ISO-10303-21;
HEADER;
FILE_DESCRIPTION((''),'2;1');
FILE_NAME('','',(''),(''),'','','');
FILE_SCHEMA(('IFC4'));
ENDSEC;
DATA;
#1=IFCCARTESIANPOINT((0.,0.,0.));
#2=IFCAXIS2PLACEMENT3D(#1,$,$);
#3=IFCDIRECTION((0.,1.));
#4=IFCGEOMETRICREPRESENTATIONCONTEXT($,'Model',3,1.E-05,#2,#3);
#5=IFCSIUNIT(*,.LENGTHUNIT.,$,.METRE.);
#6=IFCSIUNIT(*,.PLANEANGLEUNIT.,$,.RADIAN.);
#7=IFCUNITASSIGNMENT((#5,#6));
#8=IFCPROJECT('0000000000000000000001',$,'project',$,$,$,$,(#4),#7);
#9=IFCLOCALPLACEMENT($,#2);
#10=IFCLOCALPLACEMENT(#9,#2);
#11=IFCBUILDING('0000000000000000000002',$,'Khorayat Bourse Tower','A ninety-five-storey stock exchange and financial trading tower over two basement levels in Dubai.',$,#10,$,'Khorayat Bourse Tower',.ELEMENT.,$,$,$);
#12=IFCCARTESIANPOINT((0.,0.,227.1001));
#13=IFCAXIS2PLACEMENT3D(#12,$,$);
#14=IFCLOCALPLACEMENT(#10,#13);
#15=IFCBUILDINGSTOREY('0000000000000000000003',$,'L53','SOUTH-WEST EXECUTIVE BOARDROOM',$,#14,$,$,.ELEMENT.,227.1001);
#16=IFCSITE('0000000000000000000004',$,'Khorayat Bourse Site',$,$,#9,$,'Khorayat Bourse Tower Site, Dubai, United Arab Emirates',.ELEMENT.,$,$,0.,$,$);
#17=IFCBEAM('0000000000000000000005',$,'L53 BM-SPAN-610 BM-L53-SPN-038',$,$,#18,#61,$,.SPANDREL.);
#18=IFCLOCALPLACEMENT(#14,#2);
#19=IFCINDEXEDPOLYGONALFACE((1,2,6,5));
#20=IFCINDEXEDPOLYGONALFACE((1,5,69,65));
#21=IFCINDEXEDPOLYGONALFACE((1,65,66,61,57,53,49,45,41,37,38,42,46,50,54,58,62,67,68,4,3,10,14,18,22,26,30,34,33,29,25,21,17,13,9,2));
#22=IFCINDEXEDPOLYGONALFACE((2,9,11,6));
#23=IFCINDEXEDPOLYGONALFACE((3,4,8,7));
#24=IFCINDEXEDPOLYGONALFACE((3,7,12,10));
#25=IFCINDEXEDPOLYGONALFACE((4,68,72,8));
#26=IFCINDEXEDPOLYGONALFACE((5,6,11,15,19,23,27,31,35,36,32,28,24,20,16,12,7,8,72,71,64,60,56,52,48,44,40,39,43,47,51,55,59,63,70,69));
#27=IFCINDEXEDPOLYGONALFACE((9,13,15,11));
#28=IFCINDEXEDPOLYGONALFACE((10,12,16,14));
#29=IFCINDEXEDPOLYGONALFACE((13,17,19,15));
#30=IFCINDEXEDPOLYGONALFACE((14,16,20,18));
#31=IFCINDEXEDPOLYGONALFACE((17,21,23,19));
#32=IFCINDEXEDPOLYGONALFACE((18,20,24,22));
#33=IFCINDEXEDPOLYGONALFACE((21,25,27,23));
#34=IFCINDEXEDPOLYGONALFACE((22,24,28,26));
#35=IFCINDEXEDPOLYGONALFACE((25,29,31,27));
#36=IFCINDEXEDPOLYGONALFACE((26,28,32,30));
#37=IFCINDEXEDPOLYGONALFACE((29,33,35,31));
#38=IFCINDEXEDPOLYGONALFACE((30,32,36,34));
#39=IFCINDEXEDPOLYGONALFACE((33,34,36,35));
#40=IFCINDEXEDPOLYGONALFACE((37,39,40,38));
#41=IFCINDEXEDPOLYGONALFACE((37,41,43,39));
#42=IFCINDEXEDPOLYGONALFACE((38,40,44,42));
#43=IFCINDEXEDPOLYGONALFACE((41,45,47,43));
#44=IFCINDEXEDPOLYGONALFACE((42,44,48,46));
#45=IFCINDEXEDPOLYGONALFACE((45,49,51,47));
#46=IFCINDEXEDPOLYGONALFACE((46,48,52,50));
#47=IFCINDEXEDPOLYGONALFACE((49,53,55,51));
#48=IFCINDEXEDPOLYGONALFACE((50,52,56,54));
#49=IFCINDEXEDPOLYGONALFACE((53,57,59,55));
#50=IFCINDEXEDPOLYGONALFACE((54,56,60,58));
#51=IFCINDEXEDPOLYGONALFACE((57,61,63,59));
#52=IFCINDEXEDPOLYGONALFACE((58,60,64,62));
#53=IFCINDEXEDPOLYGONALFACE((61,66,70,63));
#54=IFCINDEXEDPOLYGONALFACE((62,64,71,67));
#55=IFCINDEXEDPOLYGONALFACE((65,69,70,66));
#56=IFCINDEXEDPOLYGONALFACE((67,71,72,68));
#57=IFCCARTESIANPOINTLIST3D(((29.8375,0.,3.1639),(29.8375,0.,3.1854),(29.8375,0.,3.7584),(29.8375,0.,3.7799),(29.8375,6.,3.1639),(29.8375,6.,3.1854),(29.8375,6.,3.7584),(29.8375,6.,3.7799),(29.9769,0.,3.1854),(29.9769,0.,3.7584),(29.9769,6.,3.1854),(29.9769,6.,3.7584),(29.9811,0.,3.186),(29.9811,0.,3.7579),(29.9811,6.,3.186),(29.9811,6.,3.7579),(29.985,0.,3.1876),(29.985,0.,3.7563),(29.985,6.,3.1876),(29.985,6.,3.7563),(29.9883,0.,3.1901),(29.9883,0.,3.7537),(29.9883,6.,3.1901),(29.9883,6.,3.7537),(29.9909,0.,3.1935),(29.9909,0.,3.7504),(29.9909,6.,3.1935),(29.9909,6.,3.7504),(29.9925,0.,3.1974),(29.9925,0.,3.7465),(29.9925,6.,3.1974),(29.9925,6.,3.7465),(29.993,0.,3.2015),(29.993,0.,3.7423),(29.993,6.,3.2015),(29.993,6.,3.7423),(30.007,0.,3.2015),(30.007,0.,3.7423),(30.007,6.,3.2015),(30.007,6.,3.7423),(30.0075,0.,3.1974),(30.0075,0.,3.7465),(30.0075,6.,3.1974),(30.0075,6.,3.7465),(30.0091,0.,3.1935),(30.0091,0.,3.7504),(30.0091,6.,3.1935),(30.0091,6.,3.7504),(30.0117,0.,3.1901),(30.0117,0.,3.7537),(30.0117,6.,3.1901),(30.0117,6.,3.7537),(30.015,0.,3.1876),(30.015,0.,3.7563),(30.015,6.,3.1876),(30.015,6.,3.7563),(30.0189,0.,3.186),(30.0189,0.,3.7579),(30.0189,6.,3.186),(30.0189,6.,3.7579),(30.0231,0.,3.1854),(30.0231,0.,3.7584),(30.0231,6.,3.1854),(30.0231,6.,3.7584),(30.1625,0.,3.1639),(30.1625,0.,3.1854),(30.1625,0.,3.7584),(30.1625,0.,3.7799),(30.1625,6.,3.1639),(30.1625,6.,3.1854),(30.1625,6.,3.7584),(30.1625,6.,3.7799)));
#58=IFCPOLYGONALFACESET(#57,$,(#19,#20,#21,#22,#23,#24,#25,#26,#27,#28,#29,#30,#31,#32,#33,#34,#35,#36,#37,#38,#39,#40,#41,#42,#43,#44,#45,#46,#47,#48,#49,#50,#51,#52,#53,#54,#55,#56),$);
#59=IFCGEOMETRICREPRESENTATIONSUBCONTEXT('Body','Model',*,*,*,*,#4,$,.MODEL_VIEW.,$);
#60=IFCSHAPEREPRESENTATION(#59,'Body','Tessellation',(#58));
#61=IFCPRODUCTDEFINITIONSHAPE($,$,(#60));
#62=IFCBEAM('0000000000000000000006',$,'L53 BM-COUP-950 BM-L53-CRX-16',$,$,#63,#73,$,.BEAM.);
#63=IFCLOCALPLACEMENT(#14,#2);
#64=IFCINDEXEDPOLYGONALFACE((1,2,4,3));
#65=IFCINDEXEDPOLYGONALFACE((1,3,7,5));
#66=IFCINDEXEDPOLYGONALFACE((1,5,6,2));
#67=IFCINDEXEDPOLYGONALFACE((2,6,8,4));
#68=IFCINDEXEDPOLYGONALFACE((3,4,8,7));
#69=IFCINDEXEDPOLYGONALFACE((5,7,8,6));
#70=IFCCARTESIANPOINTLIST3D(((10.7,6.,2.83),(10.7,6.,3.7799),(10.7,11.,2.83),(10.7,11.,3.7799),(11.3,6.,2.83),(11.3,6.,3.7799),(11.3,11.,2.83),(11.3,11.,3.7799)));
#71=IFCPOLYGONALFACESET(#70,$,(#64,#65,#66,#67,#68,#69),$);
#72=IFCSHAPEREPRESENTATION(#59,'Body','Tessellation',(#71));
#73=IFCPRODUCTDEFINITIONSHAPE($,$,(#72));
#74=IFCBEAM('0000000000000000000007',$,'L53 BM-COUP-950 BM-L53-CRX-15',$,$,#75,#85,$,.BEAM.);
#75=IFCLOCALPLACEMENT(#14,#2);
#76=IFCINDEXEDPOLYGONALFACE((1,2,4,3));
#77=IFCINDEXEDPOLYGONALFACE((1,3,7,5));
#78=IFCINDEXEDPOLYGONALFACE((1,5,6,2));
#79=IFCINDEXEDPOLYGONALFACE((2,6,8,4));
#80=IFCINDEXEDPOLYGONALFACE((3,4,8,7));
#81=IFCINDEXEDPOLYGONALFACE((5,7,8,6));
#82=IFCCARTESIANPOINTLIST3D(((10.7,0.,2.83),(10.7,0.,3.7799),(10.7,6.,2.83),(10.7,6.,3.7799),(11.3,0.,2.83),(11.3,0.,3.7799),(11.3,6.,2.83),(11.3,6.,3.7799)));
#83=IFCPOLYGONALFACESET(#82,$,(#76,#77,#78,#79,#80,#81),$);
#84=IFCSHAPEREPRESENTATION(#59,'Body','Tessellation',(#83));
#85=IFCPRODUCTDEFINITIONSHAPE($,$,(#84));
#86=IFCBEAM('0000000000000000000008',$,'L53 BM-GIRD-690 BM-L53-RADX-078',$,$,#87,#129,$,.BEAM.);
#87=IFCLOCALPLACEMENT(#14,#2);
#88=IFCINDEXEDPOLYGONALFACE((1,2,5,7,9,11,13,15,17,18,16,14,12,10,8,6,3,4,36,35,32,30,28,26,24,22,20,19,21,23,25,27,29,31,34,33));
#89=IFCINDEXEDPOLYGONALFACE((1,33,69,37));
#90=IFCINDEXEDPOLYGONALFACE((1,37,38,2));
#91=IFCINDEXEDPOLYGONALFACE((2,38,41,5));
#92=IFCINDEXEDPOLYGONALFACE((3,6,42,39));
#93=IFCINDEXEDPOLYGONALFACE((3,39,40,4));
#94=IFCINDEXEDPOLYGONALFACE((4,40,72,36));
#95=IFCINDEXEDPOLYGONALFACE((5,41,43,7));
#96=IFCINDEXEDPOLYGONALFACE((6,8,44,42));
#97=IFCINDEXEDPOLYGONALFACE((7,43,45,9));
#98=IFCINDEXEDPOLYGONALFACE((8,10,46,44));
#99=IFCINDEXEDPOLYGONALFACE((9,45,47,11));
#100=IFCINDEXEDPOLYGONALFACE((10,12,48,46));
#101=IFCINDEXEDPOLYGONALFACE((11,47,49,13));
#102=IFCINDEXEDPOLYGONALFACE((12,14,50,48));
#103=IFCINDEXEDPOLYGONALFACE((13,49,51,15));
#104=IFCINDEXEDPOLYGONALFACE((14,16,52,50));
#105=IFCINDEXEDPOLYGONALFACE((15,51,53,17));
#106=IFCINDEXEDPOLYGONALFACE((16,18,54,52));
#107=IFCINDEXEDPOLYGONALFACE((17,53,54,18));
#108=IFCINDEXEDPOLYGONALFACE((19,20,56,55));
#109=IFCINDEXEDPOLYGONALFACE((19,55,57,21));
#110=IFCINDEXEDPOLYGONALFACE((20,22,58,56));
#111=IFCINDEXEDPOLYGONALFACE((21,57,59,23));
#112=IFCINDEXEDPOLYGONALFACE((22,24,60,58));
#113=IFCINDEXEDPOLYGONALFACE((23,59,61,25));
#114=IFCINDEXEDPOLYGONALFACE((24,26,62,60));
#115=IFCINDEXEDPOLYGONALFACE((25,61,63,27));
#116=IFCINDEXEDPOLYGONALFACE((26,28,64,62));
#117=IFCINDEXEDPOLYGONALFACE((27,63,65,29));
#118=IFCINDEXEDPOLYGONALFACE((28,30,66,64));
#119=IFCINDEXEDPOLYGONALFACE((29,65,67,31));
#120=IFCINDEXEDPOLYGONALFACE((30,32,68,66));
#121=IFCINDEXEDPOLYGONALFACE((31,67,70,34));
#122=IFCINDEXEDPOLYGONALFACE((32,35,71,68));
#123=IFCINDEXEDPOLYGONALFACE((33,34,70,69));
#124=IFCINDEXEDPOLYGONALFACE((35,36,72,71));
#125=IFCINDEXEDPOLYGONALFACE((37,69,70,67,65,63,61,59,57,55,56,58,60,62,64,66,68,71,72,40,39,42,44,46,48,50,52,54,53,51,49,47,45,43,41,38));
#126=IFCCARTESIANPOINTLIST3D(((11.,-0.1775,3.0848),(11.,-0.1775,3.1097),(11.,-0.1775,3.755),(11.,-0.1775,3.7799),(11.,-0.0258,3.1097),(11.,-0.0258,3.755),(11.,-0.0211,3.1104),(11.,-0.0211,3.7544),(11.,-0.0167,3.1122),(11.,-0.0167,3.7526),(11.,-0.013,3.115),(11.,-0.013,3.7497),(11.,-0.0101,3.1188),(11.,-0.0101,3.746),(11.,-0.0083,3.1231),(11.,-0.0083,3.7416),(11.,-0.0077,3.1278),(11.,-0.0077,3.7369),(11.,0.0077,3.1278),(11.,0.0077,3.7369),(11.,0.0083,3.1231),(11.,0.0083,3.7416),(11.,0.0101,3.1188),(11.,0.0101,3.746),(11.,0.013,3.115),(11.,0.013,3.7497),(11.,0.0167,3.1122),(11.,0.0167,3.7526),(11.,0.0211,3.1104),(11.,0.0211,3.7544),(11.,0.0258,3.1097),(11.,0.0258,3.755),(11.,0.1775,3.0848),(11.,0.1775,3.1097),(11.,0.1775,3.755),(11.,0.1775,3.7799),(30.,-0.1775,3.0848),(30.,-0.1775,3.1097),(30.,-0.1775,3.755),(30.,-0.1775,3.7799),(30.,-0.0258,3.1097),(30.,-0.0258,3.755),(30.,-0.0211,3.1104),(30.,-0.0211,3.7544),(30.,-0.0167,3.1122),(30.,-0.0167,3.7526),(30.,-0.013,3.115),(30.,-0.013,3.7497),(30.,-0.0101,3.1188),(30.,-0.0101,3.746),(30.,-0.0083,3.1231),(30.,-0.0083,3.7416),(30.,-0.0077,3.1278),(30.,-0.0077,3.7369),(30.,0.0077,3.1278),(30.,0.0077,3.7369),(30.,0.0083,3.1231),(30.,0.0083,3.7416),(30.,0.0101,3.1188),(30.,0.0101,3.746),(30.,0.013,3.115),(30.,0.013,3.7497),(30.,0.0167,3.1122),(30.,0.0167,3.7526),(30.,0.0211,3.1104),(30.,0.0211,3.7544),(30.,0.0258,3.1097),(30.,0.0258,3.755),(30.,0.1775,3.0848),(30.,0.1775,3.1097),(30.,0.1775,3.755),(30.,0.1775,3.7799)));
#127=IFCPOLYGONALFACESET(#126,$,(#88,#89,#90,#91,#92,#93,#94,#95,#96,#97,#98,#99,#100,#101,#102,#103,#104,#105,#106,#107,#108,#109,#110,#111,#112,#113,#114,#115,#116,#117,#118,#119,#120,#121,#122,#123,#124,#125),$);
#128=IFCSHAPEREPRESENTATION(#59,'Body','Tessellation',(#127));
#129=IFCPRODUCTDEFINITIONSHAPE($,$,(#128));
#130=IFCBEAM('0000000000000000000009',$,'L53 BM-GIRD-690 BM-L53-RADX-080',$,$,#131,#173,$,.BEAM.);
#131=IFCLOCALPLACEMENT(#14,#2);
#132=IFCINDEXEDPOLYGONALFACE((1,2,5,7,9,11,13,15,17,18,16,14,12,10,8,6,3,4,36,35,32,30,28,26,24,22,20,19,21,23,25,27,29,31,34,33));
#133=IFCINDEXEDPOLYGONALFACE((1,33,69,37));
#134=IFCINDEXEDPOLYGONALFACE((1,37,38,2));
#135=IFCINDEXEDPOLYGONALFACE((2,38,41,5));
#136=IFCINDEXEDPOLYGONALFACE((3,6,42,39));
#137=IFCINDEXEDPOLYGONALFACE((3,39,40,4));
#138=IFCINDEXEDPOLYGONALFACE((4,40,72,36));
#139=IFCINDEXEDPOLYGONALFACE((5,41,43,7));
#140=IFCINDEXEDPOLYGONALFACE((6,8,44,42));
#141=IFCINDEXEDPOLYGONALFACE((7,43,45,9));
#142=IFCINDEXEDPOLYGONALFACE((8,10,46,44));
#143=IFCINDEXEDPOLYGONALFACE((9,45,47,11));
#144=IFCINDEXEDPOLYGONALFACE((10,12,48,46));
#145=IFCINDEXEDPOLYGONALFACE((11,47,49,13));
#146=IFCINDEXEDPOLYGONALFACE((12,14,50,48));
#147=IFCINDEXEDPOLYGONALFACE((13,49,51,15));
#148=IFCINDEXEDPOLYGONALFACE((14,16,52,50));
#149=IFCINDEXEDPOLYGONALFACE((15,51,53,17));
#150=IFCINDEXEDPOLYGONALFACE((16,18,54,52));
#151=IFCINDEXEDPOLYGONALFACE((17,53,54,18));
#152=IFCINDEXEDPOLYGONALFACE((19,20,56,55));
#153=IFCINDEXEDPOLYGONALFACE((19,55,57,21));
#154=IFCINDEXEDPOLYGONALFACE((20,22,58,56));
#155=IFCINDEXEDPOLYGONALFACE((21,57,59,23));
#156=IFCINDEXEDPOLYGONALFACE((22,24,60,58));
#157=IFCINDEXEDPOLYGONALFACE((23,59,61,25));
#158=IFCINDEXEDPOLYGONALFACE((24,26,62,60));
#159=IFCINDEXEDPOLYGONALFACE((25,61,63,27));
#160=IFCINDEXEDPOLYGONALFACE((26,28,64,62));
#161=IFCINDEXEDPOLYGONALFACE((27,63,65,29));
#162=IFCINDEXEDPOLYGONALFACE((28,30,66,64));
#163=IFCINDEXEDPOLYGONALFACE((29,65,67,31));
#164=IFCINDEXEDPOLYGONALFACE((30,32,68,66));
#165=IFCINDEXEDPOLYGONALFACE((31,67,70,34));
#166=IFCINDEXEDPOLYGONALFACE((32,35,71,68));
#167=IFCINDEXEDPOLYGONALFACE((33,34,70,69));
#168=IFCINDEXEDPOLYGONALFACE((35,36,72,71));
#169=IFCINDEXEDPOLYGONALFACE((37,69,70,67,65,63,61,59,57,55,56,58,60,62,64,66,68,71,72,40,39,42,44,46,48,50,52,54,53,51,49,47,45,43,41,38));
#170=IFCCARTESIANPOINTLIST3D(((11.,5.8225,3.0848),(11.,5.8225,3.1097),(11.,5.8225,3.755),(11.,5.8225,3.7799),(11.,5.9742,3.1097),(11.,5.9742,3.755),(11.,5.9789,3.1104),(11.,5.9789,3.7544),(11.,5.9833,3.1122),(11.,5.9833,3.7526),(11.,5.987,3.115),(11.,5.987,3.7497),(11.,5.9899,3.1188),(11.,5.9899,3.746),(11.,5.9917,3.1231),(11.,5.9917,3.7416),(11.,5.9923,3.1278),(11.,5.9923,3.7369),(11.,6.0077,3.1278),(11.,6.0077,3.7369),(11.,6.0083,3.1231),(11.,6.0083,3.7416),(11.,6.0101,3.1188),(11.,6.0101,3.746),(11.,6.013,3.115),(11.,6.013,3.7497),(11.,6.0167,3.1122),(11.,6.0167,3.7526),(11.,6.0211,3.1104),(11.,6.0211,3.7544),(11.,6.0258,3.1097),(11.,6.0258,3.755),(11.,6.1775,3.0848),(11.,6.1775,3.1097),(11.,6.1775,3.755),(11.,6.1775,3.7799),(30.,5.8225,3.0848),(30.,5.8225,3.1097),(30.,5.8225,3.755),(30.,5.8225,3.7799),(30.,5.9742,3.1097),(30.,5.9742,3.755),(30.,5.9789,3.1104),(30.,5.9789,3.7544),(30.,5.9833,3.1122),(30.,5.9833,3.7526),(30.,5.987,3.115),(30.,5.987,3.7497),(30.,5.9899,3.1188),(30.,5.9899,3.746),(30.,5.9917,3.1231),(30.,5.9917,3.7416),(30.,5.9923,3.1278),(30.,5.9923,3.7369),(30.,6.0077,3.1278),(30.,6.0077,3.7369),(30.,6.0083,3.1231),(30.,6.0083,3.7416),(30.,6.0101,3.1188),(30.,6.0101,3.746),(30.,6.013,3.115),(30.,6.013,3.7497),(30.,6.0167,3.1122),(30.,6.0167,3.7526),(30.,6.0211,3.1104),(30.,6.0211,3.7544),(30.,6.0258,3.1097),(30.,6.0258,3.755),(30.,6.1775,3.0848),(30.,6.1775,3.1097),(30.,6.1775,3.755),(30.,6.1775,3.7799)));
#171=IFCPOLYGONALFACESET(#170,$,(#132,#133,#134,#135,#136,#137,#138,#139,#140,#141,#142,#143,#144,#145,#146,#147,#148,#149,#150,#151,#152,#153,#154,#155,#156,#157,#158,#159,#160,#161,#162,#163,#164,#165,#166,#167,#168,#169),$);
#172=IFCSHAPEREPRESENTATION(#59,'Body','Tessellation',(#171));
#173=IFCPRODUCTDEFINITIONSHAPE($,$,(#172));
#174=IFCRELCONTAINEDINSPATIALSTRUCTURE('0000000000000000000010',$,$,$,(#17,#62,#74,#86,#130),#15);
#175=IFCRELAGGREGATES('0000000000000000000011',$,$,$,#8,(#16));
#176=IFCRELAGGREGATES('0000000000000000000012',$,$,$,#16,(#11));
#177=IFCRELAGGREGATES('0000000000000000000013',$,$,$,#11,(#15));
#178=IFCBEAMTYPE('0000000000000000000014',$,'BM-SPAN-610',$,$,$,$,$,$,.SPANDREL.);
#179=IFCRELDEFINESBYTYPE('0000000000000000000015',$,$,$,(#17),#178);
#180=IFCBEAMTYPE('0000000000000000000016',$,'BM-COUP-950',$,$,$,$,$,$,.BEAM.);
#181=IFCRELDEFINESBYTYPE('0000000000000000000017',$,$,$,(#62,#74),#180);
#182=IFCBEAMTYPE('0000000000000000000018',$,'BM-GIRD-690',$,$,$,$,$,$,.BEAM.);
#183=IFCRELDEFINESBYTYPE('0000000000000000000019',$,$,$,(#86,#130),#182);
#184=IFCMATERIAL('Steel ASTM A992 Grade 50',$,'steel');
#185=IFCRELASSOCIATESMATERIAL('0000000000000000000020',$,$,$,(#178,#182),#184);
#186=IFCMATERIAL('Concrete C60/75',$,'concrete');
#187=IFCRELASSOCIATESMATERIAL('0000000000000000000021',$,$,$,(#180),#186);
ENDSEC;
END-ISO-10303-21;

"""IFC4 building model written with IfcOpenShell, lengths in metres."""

from ifc_helpers import new_model, si_unit, direction, frame, origin, origin_2d, place, context, subcontext, project, spatial, rectangle, i_section, extrude, source, transform, mapped, material, material_profile, profile_set, type_object, element, save


model = new_model("IFC4")

# Units and contexts
model_context = context("Model", 3, precision=1e-05, world=origin(), true_north=direction((0.0, 1.0)))
body_context = subcontext(model_context, "Body", "Model", "MODEL_VIEW")
ifc_project = project(units=[si_unit("LENGTHUNIT", "METRE"), si_unit("PLANEANGLEUNIT", "RADIAN")], contexts=[model_context])

# Site, building, storey
site_placement = place(None, origin())
site = spatial("IfcSite", under=ifc_project, at=site_placement, Name="Khorayat Bourse Site", LongName="Khorayat Bourse Tower Site, Dubai, United Arab Emirates", CompositionType="ELEMENT", RefElevation=0.0)
building_placement = place(site_placement, origin())
building = spatial("IfcBuilding", under=site, at=building_placement, Name="Khorayat Bourse Tower", Description="A ninety-five-storey stock exchange and financial trading tower over two basement levels in Dubai.", LongName="Khorayat Bourse Tower", CompositionType="ELEMENT")
storey_placement = place(building_placement, frame((0.0, 0.0, 227.1001)))
storey = spatial("IfcBuildingStorey", under=building, at=storey_placement, Name="L53", Description="SOUTH-WEST EXECUTIVE BOARDROOM", CompositionType="ELEMENT", Elevation=227.1001)

# Shared definitions
ifc_material_1 = material(Name="Concrete C60/75", Category="concrete")

# Beams
ifc_material_2 = material(Name="Steel ASTM A992 Grade 50", Category="steel")
ifc_material_profile_1 = material_profile(ifc_material_2, i_section(OverallWidth=0.325, OverallDepth=0.616, WebThickness=0.0139, FlangeThickness=0.0215, FilletRadius=0.0161, at=origin_2d()), Name="W610X174")
ifc_profile_set_1 = profile_set([ifc_material_profile_1], Name="Steel ASTM A992 Grade 50")
beam_type_1 = type_object("IfcBeamType", Name="BM-SPAN-610", PredefinedType="SPANDREL", material=ifc_profile_set_1)
shared_shape_1 = source(origin(), body_context, "Body", "SweptSolid", [
    extrude(i_section(OverallWidth=0.325, OverallDepth=0.616, WebThickness=0.0139, FlangeThickness=0.0215, FilletRadius=0.0161, at=origin_2d()), origin(), (0.0, 0.0, 1.0), 6.0),
])
beam_1_placement = place(storey_placement, frame((30.0, 0.0, 3.4719), z_axis=(0.0, 1.0, 0.0), x_axis=(-1.0, 0.0, 0.0)))
element("IfcBeam", 1, at=beam_1_placement, inside=storey, type_object=beam_type_1, Name="L53 BM-SPAN-610 BM-L53-SPN-038", PredefinedType="SPANDREL", context=body_context, shape_type="MappedRepresentation", body=[
    mapped(shared_shape_1, transform((0.0, 0.0, 0.0), scale=1.0)),
])
ifc_material_profile_2 = material_profile(ifc_material_1, rectangle(XDim=0.6001, YDim=0.95, at=origin_2d()), Name="RC 600x950")
ifc_profile_set_2 = profile_set([ifc_material_profile_2], Name="Concrete C60/75")
beam_type_2 = type_object("IfcBeamType", Name="BM-COUP-950", PredefinedType="BEAM", material=ifc_profile_set_2)
shared_shape_2 = source(origin(), body_context, "Body", "SweptSolid", [
    extrude(rectangle(XDim=0.6001, YDim=0.95, at=origin_2d()), origin(), (0.0, 0.0, 1.0), 5.0),
])
beam_2_placement = place(storey_placement, frame((11.0, 6.0, 3.3049), z_axis=(0.0, 1.0, 0.0), x_axis=(-1.0, 0.0, 0.0)))
element("IfcBeam", 2, at=beam_2_placement, inside=storey, type_object=beam_type_2, Name="L53 BM-COUP-950 BM-L53-CRX-16", PredefinedType="BEAM", context=body_context, shape_type="MappedRepresentation", body=[
    mapped(shared_shape_2, transform((0.0, 0.0, 0.0), scale=1.0)),
])
shared_shape_3 = source(origin(), body_context, "Body", "SweptSolid", [
    extrude(rectangle(XDim=0.6001, YDim=0.95, at=origin_2d()), origin(), (0.0, 0.0, 1.0), 6.0),
])
beam_3_placement = place(storey_placement, frame((11.0, 0.0, 3.3049), z_axis=(0.0, 1.0, 0.0), x_axis=(-1.0, 0.0, 0.0)))
element("IfcBeam", 3, at=beam_3_placement, inside=storey, type_object=beam_type_2, Name="L53 BM-COUP-950 BM-L53-CRX-15", PredefinedType="BEAM", context=body_context, shape_type="MappedRepresentation", body=[
    mapped(shared_shape_3, transform((0.0, 0.0, 0.0), scale=1.0)),
])
ifc_material_profile_3 = material_profile(ifc_material_2, i_section(OverallWidth=0.355, OverallDepth=0.6951, WebThickness=0.0154, FlangeThickness=0.0249, FilletRadius=0.0181, at=origin_2d()), Name="W690X217")
ifc_profile_set_3 = profile_set([ifc_material_profile_3], Name="Steel ASTM A992 Grade 50")
beam_type_3 = type_object("IfcBeamType", Name="BM-GIRD-690", PredefinedType="BEAM", material=ifc_profile_set_3)
shared_shape_4 = source(origin(), body_context, "Body", "SweptSolid", [
    extrude(i_section(OverallWidth=0.355, OverallDepth=0.6951, WebThickness=0.0154, FlangeThickness=0.0249, FilletRadius=0.0181, at=origin_2d()), origin(), (0.0, 0.0, 1.0), 19.0),
])
for number, where, z_axis, x_axis, name in (
    (4, (11.0, 0.0, 3.4324), (1.0, 0.0, 0.0), (0.0, 1.0, 0.0), "L53 BM-GIRD-690 BM-L53-RADX-078"),
    (5, (11.0, 6.0, 3.4324), (1.0, 0.0, 0.0), (0.0, 1.0, 0.0), "L53 BM-GIRD-690 BM-L53-RADX-080"),
):
    element("IfcBeam", number, at=place(storey_placement, frame(where, z_axis=z_axis, x_axis=x_axis)), inside=storey, type_object=beam_type_3, Name=name, PredefinedType="BEAM", context=body_context, shape_type="MappedRepresentation", body=[
        mapped(shared_shape_4, transform((0.0, 0.0, 0.0), scale=1.0)),
    ])

save(model, "model.ifc")
